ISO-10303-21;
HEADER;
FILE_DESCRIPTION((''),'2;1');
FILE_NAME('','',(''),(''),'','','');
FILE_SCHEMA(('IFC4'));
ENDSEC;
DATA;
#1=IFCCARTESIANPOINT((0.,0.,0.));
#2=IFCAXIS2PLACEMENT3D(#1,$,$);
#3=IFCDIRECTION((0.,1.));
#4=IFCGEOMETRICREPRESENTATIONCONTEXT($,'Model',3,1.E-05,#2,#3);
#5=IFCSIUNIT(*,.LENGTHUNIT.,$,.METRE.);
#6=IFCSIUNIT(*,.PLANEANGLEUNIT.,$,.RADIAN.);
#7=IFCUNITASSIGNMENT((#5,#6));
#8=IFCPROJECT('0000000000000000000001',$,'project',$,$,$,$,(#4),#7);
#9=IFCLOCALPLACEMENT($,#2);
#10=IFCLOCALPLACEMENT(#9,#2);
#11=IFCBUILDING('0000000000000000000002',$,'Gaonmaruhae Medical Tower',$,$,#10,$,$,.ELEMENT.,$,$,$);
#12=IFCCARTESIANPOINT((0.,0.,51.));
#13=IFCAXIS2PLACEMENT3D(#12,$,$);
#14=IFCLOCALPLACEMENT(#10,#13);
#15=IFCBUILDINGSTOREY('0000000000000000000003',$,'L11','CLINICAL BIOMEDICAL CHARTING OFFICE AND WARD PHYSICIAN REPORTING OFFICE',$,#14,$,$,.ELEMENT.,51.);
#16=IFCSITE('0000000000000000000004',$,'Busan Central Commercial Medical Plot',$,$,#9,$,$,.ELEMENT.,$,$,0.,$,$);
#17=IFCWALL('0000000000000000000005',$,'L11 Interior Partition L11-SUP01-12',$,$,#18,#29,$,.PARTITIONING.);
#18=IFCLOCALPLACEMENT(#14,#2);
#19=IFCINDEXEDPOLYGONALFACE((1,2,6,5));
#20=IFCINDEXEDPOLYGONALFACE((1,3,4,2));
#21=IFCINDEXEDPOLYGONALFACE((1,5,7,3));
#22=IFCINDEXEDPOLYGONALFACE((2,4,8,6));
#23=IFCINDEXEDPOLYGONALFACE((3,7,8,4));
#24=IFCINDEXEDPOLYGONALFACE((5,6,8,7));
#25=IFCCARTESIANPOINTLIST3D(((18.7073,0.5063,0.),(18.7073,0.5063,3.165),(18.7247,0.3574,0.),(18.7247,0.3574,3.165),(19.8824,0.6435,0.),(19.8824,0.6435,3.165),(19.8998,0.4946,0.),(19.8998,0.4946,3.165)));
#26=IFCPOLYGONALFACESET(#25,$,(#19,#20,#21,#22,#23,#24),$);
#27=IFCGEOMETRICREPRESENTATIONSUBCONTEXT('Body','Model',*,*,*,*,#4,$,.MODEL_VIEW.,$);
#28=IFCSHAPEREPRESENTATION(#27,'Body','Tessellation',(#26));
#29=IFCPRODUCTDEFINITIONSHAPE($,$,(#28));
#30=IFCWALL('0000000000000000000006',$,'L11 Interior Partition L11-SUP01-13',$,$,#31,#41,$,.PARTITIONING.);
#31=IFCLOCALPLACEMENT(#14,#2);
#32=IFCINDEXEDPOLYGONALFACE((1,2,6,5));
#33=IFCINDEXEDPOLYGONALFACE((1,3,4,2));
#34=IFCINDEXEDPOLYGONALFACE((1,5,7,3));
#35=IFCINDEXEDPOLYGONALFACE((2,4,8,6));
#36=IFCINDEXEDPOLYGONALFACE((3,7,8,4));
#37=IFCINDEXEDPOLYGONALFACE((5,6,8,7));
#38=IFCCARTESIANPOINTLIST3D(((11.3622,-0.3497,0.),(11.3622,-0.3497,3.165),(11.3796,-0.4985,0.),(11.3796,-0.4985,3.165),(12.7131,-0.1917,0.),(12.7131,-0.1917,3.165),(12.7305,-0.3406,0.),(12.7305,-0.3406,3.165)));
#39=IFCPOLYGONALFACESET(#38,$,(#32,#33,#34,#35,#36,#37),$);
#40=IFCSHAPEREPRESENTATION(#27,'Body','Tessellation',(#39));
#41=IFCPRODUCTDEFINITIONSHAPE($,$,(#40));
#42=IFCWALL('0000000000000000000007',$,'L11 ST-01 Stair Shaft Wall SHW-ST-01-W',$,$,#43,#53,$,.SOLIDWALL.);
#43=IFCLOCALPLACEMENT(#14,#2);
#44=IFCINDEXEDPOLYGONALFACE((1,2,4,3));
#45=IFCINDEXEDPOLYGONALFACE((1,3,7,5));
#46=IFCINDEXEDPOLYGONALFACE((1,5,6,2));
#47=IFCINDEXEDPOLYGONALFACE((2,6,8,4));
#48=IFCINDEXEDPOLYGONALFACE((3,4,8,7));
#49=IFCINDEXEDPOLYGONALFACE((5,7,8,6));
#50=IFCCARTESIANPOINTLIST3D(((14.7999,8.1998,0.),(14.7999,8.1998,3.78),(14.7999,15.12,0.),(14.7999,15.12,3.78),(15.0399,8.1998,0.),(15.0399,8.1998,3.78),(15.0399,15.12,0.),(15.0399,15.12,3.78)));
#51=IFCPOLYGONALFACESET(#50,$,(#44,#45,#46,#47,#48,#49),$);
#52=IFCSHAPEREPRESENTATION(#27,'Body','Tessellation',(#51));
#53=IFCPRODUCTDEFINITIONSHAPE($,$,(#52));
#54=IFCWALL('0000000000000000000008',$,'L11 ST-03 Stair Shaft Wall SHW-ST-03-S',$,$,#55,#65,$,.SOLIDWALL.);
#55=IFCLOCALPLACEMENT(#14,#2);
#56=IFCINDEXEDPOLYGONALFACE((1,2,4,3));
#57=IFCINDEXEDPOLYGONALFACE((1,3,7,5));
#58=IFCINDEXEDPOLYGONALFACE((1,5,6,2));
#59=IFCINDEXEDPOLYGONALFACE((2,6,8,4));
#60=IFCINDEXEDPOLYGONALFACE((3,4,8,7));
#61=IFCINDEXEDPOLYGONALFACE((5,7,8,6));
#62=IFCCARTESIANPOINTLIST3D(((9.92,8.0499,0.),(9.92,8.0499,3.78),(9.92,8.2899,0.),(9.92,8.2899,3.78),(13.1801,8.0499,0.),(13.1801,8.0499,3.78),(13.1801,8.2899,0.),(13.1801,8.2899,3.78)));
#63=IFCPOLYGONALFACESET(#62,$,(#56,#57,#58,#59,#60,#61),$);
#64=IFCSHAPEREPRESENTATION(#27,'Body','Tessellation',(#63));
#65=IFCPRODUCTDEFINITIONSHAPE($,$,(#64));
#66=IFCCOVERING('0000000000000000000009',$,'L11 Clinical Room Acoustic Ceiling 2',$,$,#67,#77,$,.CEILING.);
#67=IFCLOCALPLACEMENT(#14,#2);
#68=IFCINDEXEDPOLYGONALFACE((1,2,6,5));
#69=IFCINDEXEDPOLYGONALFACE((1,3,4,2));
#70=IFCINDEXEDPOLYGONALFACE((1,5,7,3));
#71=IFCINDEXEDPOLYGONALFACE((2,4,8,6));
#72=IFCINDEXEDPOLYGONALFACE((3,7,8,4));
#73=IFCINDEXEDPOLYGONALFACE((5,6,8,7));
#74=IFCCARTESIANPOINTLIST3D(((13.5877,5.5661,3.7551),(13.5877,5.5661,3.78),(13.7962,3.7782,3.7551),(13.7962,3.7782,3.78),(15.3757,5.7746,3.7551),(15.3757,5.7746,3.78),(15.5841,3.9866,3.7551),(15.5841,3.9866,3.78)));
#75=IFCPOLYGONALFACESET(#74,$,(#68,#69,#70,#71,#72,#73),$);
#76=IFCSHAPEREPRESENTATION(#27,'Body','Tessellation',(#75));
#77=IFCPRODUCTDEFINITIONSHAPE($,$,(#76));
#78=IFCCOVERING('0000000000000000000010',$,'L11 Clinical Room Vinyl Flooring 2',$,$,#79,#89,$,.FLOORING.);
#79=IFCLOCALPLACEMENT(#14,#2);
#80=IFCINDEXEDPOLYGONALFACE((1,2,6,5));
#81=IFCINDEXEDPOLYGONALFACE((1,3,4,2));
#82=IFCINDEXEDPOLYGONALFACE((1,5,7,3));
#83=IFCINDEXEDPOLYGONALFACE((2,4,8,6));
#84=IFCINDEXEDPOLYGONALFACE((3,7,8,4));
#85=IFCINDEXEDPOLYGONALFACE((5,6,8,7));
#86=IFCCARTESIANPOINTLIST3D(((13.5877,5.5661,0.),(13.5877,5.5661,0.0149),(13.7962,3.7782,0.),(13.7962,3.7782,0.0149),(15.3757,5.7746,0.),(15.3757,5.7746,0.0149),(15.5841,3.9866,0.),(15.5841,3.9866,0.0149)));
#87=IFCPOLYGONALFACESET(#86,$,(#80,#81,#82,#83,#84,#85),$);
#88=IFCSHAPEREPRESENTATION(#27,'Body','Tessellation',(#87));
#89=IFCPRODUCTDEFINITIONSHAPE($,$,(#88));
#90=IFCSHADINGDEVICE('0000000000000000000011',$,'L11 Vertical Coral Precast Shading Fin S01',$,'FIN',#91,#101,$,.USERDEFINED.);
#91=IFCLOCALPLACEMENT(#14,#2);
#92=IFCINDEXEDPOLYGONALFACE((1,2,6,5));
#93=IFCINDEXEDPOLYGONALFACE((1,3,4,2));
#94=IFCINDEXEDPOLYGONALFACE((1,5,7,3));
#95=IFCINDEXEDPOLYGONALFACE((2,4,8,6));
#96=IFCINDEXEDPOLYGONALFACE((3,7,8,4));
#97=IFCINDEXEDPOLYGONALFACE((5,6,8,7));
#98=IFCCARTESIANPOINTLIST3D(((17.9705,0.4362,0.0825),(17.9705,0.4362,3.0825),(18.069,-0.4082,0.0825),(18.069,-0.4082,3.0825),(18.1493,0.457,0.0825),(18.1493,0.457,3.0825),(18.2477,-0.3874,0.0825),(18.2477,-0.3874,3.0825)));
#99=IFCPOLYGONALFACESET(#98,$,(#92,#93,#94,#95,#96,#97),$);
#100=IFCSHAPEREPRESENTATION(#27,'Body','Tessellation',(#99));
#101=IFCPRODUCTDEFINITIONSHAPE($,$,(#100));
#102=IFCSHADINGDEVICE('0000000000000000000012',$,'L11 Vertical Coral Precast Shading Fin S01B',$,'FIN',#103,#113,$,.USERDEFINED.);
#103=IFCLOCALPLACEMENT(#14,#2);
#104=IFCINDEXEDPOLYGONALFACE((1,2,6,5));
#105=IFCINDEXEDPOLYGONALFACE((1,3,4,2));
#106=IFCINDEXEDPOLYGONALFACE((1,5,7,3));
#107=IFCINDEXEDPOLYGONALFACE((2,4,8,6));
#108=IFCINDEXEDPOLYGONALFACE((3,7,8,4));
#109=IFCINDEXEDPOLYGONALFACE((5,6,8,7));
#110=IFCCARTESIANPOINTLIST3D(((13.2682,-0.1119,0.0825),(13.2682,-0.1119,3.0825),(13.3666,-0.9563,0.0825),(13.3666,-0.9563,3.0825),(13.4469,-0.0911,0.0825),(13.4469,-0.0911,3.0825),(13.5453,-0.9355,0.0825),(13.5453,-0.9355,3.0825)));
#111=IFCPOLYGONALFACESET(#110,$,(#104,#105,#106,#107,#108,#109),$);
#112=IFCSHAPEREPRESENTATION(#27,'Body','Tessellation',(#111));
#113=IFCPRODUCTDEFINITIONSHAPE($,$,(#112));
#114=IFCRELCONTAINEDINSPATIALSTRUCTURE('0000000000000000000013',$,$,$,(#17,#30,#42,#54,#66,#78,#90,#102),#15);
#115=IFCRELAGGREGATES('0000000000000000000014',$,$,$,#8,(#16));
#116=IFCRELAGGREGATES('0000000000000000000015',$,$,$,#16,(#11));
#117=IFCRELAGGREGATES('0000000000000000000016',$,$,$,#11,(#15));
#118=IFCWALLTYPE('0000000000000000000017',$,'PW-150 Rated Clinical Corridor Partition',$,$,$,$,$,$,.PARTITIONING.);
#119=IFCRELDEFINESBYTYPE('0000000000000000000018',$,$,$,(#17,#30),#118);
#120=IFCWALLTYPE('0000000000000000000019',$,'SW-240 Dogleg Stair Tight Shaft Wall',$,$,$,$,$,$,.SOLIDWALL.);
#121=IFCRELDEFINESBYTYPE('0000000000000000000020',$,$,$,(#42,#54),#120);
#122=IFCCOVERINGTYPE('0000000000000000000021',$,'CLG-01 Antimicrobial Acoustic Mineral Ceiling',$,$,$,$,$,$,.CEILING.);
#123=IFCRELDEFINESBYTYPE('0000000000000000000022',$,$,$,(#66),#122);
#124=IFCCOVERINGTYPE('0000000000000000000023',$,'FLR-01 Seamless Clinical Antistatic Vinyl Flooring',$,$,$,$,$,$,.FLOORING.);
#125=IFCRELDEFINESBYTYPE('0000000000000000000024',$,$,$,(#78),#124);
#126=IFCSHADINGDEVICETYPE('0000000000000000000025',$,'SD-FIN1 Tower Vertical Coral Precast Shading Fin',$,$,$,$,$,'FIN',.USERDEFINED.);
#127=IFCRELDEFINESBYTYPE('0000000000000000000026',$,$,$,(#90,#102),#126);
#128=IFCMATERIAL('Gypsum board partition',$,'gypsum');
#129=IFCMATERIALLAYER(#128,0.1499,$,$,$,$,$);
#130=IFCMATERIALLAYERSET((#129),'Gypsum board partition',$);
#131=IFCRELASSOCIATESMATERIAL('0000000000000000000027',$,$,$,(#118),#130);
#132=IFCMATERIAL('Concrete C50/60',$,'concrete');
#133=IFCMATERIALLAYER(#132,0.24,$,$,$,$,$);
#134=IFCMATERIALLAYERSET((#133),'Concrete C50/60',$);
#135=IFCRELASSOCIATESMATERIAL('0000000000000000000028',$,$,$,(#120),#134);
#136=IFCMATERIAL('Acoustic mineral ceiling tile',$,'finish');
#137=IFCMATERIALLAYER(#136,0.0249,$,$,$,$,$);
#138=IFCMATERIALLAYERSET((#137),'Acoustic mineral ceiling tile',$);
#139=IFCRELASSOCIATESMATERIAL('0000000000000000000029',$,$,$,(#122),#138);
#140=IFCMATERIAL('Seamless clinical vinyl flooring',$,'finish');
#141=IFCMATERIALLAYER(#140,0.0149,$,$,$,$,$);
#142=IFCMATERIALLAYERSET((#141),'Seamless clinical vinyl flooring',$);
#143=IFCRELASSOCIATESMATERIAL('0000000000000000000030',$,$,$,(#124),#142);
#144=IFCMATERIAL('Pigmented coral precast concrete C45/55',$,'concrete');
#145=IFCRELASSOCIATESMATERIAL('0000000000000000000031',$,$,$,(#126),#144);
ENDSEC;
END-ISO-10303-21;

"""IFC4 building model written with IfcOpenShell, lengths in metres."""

from ifc_helpers import new_model, si_unit, direction, frame, frame_2d, origin, origin_2d, place, context, subcontext, project, spatial, rectangle, extrude, material, layer, layer_set, type_object, element, save


model = new_model("IFC4")

# Units and contexts
model_context = context("Model", 3, precision=1e-05, world=origin(), true_north=direction((0.0, 1.0)))
body_context = subcontext(model_context, "Body", "Model", "MODEL_VIEW")
ifc_project = project(units=[si_unit("LENGTHUNIT", "METRE"), si_unit("PLANEANGLEUNIT", "RADIAN")], contexts=[model_context])

# Site, building, storey
site_placement = place(None, origin())
site = spatial("IfcSite", under=ifc_project, at=site_placement, Name="Busan Central Commercial Medical Plot", CompositionType="ELEMENT", RefElevation=0.0)
building_placement = place(site_placement, origin())
building = spatial("IfcBuilding", under=site, at=building_placement, Name="Gaonmaruhae Medical Tower", CompositionType="ELEMENT")
storey_placement = place(building_placement, frame((0.0, 0.0, 51.0)))
storey = spatial("IfcBuildingStorey", under=building, at=storey_placement, Name="L11", Description="CLINICAL BIOMEDICAL CHARTING OFFICE AND WARD PHYSICIAN REPORTING OFFICE", CompositionType="ELEMENT", Elevation=51.0)

# Shared definitions
ifc_material_1 = material(Name="Gypsum board partition", Category="gypsum")
ifc_layer_1 = layer(ifc_material_1, 0.1499)
ifc_layer_set_1 = layer_set([ifc_layer_1], Name="Gypsum board partition")
wall_type_1 = type_object("IfcWallType", Name="PW-150 Rated Clinical Corridor Partition", PredefinedType="PARTITIONING", material=ifc_layer_set_1)

# Walls
wall_1_placement = place(storey_placement, frame((19.8911, 0.5691, 0.0), z_axis=(0.0, 0.0, 1.0), x_axis=(-0.993252, -0.115979, 0.0)))
element("IfcWall", 1, at=wall_1_placement, inside=storey, type_object=wall_type_1, Name="L11 Interior Partition L11-SUP01-12", PredefinedType="PARTITIONING", context=body_context, shape_type="SweptSolid", body=[
    extrude(rectangle(XDim=1.1831, YDim=0.1499, at=frame_2d((0.5916, 0.0))), origin(), (0.0, 0.0, 1.0), 3.165),
])
wall_2_placement = place(storey_placement, frame((12.7219, -0.2661, 0.0), z_axis=(0.0, 0.0, 1.0), x_axis=(-0.993232, -0.116143, 0.0)))
element("IfcWall", 2, at=wall_2_placement, inside=storey, type_object=wall_type_1, Name="L11 Interior Partition L11-SUP01-13", PredefinedType="PARTITIONING", context=body_context, shape_type="SweptSolid", body=[
    extrude(rectangle(XDim=1.3601, YDim=0.1499, at=frame_2d((0.6802, 0.0))), origin(), (0.0, 0.0, 1.0), 3.165),
])
ifc_material_2 = material(Name="Concrete C50/60", Category="concrete")
ifc_layer_2 = layer(ifc_material_2, 0.24)
ifc_layer_set_2 = layer_set([ifc_layer_2], Name="Concrete C50/60")
wall_type_2 = type_object("IfcWallType", Name="SW-240 Dogleg Stair Tight Shaft Wall", PredefinedType="SOLIDWALL", material=ifc_layer_set_2)
wall_3_placement = place(storey_placement, frame((14.9199, 8.2, 0.0), z_axis=(0.0, 0.0, 1.0), x_axis=(0.0, 1.0, 0.0)))
element("IfcWall", 3, at=wall_3_placement, inside=storey, type_object=wall_type_2, Name="L11 ST-01 Stair Shaft Wall SHW-ST-01-W", PredefinedType="SOLIDWALL", context=body_context, shape_type="SweptSolid", body=[
    extrude(rectangle(XDim=6.9202, YDim=0.24, at=frame_2d((3.46, 0.0))), origin(), (0.0, 0.0, 1.0), 3.78),
])
wall_4_placement = place(storey_placement, frame((13.1799, 8.1699, 0.0), z_axis=(0.0, 0.0, 1.0), x_axis=(-1.0, 0.0, 0.0)))
element("IfcWall", 4, at=wall_4_placement, inside=storey, type_object=wall_type_2, Name="L11 ST-03 Stair Shaft Wall SHW-ST-03-S", PredefinedType="SOLIDWALL", context=body_context, shape_type="SweptSolid", body=[
    extrude(rectangle(XDim=3.26, YDim=0.24, at=frame_2d((1.6299, 0.0))), origin(), (0.0, 0.0, 1.0), 3.78),
])

# Coverings
ifc_material_3 = material(Name="Acoustic mineral ceiling tile", Category="finish")
ifc_layer_3 = layer(ifc_material_3, 0.0249)
ifc_layer_set_3 = layer_set([ifc_layer_3], Name="Acoustic mineral ceiling tile")
covering_type_1 = type_object("IfcCoveringType", Name="CLG-01 Antimicrobial Acoustic Mineral Ceiling", PredefinedType="CEILING", material=ifc_layer_set_3)
covering_1_placement = place(storey_placement, frame((14.5859, 4.7764, 3.7551), z_axis=(0.0, 0.0, 1.0), x_axis=(0.993272, 0.115804, 0.0)))
element("IfcCovering", 5, at=covering_1_placement, inside=storey, type_object=covering_type_1, Name="L11 Clinical Room Acoustic Ceiling 2", PredefinedType="CEILING", context=body_context, shape_type="SweptSolid", body=[
    extrude(rectangle(XDim=1.8, YDim=1.8, at=origin_2d()), origin(), (0.0, 0.0, 1.0), 0.0249),
])
ifc_material_4 = material(Name="Seamless clinical vinyl flooring", Category="finish")
ifc_layer_4 = layer(ifc_material_4, 0.0149)
ifc_layer_set_4 = layer_set([ifc_layer_4], Name="Seamless clinical vinyl flooring")
covering_type_2 = type_object("IfcCoveringType", Name="FLR-01 Seamless Clinical Antistatic Vinyl Flooring", PredefinedType="FLOORING", material=ifc_layer_set_4)
covering_2_placement = place(storey_placement, frame((14.5859, 4.7764, 0.0), z_axis=(0.0, 0.0, 1.0), x_axis=(0.993272, 0.115804, 0.0)))
element("IfcCovering", 6, at=covering_2_placement, inside=storey, type_object=covering_type_2, Name="L11 Clinical Room Vinyl Flooring 2", PredefinedType="FLOORING", context=body_context, shape_type="SweptSolid", body=[
    extrude(rectangle(XDim=1.8, YDim=1.8, at=origin_2d()), origin(), (0.0, 0.0, 1.0), 0.0149),
])

# Shading devices
ifc_material_5 = material(Name="Pigmented coral precast concrete C45/55", Category="concrete")
shading_device_type = type_object("IfcShadingDeviceType", Name="SD-FIN1 Tower Vertical Coral Precast Shading Fin", ElementType="FIN", PredefinedType="USERDEFINED", material=ifc_material_5)
for number, where, z_axis, x_axis, name in (
    (7, (18.1091, 0.0244, 0.0825), (0.0, 0.0, 1.0), (-0.993272, -0.115804, 0.0), "L11 Vertical Coral Precast Shading Fin S01"),
    (8, (13.4067, -0.5237, 0.0825), (0.0, 0.0, 1.0), (-0.993272, -0.115804, 0.0), "L11 Vertical Coral Precast Shading Fin S01B"),
):
    element("IfcShadingDevice", number, at=place(storey_placement, frame(where, z_axis=z_axis, x_axis=x_axis)), inside=storey, type_object=shading_device_type, Name=name, ObjectType="FIN", PredefinedType="USERDEFINED", context=body_context, shape_type="SweptSolid", body=[
        extrude(rectangle(XDim=0.1799, YDim=0.8501, at=origin_2d()), origin(), (0.0, 0.0, 1.0), 3.0),
    ])

save(model, "model.ifc")
